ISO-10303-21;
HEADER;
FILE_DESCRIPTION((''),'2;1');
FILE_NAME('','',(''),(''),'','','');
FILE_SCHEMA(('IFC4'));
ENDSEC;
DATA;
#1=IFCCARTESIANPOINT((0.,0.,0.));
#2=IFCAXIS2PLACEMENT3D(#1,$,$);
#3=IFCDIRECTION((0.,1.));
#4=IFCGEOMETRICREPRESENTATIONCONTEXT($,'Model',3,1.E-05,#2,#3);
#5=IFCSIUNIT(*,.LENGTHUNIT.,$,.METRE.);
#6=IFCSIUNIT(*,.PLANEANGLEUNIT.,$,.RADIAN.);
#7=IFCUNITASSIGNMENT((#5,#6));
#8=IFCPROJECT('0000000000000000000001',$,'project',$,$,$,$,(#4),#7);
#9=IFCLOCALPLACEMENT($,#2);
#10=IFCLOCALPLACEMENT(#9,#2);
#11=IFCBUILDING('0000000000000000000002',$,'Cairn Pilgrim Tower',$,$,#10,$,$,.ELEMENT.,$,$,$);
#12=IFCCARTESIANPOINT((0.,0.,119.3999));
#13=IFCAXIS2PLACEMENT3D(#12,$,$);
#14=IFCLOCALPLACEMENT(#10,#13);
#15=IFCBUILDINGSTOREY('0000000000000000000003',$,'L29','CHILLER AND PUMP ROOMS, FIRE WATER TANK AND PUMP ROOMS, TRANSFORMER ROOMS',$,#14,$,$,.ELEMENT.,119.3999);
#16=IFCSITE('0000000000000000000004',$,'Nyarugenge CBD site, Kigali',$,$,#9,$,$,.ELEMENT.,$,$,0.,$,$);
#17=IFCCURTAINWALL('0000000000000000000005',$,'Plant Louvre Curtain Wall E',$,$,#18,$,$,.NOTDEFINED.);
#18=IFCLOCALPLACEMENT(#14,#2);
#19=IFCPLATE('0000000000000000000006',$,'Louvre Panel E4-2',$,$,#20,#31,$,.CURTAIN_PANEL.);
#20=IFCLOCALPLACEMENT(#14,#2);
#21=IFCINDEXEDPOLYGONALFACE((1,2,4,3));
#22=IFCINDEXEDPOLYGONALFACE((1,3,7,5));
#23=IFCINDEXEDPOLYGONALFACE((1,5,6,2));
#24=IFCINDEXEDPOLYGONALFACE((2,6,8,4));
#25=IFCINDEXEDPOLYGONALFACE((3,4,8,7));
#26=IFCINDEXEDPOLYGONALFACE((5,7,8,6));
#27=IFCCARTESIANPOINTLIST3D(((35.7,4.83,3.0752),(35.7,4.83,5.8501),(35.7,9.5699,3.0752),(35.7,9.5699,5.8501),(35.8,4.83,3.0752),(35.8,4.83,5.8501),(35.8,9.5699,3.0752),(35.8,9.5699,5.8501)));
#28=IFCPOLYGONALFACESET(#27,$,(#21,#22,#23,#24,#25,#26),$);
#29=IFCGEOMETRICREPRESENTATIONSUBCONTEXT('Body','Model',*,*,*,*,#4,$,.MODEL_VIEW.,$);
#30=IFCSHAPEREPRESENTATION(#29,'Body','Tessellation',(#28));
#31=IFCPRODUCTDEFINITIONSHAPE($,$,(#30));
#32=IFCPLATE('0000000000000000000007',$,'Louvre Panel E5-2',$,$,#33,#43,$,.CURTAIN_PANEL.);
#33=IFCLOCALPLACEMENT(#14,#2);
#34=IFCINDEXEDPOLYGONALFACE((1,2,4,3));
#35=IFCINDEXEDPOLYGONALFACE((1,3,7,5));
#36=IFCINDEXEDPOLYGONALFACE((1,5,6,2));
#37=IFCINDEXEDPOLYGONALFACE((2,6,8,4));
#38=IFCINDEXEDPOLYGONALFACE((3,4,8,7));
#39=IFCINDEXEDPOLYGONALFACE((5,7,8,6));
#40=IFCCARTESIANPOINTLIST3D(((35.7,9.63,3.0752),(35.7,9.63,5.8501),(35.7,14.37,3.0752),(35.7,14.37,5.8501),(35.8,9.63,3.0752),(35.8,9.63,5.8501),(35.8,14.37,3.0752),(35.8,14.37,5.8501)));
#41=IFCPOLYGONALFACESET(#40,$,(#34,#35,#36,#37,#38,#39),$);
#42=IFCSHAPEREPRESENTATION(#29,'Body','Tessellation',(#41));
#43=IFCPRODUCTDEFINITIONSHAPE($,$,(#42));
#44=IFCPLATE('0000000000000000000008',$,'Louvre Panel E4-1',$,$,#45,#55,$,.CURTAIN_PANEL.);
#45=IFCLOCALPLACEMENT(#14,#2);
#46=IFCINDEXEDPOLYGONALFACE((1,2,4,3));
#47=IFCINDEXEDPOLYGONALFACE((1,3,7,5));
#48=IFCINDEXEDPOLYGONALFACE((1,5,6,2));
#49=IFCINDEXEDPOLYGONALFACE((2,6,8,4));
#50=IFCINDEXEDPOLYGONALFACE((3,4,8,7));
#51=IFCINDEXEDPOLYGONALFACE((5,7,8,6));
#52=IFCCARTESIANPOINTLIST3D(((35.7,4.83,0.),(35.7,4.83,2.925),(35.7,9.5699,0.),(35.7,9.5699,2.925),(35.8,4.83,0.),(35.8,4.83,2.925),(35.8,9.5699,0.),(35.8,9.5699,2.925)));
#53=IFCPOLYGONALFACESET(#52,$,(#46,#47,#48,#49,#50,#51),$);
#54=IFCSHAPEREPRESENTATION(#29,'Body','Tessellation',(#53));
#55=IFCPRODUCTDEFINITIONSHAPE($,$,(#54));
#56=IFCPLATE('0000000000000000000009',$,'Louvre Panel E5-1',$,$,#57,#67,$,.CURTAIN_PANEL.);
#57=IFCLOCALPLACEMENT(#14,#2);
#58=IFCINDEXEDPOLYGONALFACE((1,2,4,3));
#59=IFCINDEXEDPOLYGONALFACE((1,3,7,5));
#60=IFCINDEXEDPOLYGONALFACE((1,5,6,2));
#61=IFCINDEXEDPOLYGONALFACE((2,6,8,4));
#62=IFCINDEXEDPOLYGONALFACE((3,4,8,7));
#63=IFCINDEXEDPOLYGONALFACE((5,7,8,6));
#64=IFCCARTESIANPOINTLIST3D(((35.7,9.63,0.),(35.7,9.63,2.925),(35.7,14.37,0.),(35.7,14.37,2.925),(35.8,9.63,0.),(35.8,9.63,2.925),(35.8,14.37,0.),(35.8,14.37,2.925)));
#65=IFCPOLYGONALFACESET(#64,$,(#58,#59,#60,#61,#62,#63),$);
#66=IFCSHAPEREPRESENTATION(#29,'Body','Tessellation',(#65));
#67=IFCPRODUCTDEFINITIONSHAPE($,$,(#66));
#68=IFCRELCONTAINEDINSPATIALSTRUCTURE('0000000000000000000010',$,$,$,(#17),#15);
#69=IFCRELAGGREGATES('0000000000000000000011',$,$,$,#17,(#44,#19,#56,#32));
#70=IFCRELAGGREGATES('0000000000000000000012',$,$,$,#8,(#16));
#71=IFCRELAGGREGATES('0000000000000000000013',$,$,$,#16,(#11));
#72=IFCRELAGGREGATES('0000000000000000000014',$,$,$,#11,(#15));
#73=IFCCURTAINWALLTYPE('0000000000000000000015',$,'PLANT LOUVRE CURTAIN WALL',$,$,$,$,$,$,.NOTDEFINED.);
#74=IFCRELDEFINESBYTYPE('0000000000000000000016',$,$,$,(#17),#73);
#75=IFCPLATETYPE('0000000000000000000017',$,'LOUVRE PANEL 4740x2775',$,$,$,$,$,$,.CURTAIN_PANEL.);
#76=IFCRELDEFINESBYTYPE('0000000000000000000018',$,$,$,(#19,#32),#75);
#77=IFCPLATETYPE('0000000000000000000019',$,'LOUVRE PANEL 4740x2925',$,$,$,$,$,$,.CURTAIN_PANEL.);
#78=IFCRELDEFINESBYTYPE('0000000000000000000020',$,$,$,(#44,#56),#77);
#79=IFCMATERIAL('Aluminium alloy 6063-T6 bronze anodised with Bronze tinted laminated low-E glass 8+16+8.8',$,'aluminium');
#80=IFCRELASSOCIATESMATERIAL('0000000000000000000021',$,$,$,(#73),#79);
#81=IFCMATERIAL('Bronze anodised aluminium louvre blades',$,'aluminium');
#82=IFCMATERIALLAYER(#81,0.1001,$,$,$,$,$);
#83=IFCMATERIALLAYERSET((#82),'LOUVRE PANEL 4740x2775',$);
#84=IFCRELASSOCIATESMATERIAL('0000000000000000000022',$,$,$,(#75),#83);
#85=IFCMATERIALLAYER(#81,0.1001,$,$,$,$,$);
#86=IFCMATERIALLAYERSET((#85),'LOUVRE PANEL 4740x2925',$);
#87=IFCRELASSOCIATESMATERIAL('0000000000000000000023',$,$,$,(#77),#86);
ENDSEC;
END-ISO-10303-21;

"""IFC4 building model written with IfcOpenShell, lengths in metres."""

from ifc_helpers import new_model, si_unit, direction, frame, origin, origin_2d, place, context, subcontext, project, spatial, rectangle, extrude, material, layer, layer_set, type_object, element, aggregate, save


model = new_model("IFC4")

# Units and contexts
model_context = context("Model", 3, precision=1e-05, world=origin(), true_north=direction((0.0, 1.0)))
body_context = subcontext(model_context, "Body", "Model", "MODEL_VIEW")
ifc_project = project(units=[si_unit("LENGTHUNIT", "METRE"), si_unit("PLANEANGLEUNIT", "RADIAN")], contexts=[model_context])

# Site, building, storey
site_placement = place(None, origin())
site = spatial("IfcSite", under=ifc_project, at=site_placement, Name="Nyarugenge CBD site, Kigali", CompositionType="ELEMENT", RefElevation=0.0)
building_placement = place(site_placement, origin())
building = spatial("IfcBuilding", under=site, at=building_placement, Name="Cairn Pilgrim Tower", CompositionType="ELEMENT")
storey_placement = place(building_placement, frame((0.0, 0.0, 119.3999)))
storey = spatial("IfcBuildingStorey", under=building, at=storey_placement, Name="L29", Description="CHILLER AND PUMP ROOMS, FIRE WATER TANK AND PUMP ROOMS, TRANSFORMER ROOMS", CompositionType="ELEMENT", Elevation=119.3999)

# Curtain wall
ifc_material_1 = material(Name="Aluminium alloy 6063-T6 bronze anodised with Bronze tinted laminated low-E glass 8+16+8.8", Category="aluminium")
curtain_wall_type = type_object("IfcCurtainWallType", Name="PLANT LOUVRE CURTAIN WALL", PredefinedType="NOTDEFINED", material=ifc_material_1)
curtain_wall_placement = place(storey_placement, origin())
curtain_wall = element("IfcCurtainWall", 1, at=curtain_wall_placement, inside=storey, type_object=curtain_wall_type, Name="Plant Louvre Curtain Wall E", PredefinedType="NOTDEFINED")

# Plates
ifc_material_2 = material(Name="Bronze anodised aluminium louvre blades", Category="aluminium")
ifc_layer_1 = layer(ifc_material_2, 0.1001)
ifc_layer_set_1 = layer_set([ifc_layer_1], Name="LOUVRE PANEL 4740x2775")
plate_type_1 = type_object("IfcPlateType", Name="LOUVRE PANEL 4740x2775", PredefinedType="CURTAIN_PANEL", material=ifc_layer_set_1)
plate_1_placement = place(storey_placement, frame((35.75, 7.2, 3.0752), z_axis=(0.0, 0.0, 1.0), x_axis=(0.0, 1.0, 0.0)))
plate_1 = element("IfcPlate", 2, at=plate_1_placement, type_object=plate_type_1, Name="Louvre Panel E4-2", PredefinedType="CURTAIN_PANEL", context=body_context, shape_type="SweptSolid", body=[
    extrude(rectangle(XDim=4.74, YDim=0.1001, at=origin_2d()), origin(), (0.0, 0.0, 1.0), 2.7749),
])
plate_2_placement = place(storey_placement, frame((35.75, 12.0, 3.0752), z_axis=(0.0, 0.0, 1.0), x_axis=(0.0, 1.0, 0.0)))
plate_2 = element("IfcPlate", 3, at=plate_2_placement, type_object=plate_type_1, Name="Louvre Panel E5-2", PredefinedType="CURTAIN_PANEL", context=body_context, shape_type="SweptSolid", body=[
    extrude(rectangle(XDim=4.74, YDim=0.1001, at=origin_2d()), origin(), (0.0, 0.0, 1.0), 2.7749),
])
ifc_layer_2 = layer(ifc_material_2, 0.1001)
ifc_layer_set_2 = layer_set([ifc_layer_2], Name="LOUVRE PANEL 4740x2925")
plate_type_2 = type_object("IfcPlateType", Name="LOUVRE PANEL 4740x2925", PredefinedType="CURTAIN_PANEL", material=ifc_layer_set_2)
plate_3_placement = place(storey_placement, frame((35.75, 7.2, 0.0), z_axis=(0.0, 0.0, 1.0), x_axis=(0.0, 1.0, 0.0)))
plate_3 = element("IfcPlate", 4, at=plate_3_placement, type_object=plate_type_2, Name="Louvre Panel E4-1", PredefinedType="CURTAIN_PANEL", context=body_context, shape_type="SweptSolid", body=[
    extrude(rectangle(XDim=4.74, YDim=0.1001, at=origin_2d()), origin(), (0.0, 0.0, 1.0), 2.925),
])
plate_4_placement = place(storey_placement, frame((35.75, 12.0, 0.0), z_axis=(0.0, 0.0, 1.0), x_axis=(0.0, 1.0, 0.0)))
plate_4 = element("IfcPlate", 5, at=plate_4_placement, type_object=plate_type_2, Name="Louvre Panel E5-1", PredefinedType="CURTAIN_PANEL", context=body_context, shape_type="SweptSolid", body=[
    extrude(rectangle(XDim=4.74, YDim=0.1001, at=origin_2d()), origin(), (0.0, 0.0, 1.0), 2.925),
])
aggregate(curtain_wall, [plate_3, plate_1, plate_4, plate_2])

save(model, "model.ifc")
